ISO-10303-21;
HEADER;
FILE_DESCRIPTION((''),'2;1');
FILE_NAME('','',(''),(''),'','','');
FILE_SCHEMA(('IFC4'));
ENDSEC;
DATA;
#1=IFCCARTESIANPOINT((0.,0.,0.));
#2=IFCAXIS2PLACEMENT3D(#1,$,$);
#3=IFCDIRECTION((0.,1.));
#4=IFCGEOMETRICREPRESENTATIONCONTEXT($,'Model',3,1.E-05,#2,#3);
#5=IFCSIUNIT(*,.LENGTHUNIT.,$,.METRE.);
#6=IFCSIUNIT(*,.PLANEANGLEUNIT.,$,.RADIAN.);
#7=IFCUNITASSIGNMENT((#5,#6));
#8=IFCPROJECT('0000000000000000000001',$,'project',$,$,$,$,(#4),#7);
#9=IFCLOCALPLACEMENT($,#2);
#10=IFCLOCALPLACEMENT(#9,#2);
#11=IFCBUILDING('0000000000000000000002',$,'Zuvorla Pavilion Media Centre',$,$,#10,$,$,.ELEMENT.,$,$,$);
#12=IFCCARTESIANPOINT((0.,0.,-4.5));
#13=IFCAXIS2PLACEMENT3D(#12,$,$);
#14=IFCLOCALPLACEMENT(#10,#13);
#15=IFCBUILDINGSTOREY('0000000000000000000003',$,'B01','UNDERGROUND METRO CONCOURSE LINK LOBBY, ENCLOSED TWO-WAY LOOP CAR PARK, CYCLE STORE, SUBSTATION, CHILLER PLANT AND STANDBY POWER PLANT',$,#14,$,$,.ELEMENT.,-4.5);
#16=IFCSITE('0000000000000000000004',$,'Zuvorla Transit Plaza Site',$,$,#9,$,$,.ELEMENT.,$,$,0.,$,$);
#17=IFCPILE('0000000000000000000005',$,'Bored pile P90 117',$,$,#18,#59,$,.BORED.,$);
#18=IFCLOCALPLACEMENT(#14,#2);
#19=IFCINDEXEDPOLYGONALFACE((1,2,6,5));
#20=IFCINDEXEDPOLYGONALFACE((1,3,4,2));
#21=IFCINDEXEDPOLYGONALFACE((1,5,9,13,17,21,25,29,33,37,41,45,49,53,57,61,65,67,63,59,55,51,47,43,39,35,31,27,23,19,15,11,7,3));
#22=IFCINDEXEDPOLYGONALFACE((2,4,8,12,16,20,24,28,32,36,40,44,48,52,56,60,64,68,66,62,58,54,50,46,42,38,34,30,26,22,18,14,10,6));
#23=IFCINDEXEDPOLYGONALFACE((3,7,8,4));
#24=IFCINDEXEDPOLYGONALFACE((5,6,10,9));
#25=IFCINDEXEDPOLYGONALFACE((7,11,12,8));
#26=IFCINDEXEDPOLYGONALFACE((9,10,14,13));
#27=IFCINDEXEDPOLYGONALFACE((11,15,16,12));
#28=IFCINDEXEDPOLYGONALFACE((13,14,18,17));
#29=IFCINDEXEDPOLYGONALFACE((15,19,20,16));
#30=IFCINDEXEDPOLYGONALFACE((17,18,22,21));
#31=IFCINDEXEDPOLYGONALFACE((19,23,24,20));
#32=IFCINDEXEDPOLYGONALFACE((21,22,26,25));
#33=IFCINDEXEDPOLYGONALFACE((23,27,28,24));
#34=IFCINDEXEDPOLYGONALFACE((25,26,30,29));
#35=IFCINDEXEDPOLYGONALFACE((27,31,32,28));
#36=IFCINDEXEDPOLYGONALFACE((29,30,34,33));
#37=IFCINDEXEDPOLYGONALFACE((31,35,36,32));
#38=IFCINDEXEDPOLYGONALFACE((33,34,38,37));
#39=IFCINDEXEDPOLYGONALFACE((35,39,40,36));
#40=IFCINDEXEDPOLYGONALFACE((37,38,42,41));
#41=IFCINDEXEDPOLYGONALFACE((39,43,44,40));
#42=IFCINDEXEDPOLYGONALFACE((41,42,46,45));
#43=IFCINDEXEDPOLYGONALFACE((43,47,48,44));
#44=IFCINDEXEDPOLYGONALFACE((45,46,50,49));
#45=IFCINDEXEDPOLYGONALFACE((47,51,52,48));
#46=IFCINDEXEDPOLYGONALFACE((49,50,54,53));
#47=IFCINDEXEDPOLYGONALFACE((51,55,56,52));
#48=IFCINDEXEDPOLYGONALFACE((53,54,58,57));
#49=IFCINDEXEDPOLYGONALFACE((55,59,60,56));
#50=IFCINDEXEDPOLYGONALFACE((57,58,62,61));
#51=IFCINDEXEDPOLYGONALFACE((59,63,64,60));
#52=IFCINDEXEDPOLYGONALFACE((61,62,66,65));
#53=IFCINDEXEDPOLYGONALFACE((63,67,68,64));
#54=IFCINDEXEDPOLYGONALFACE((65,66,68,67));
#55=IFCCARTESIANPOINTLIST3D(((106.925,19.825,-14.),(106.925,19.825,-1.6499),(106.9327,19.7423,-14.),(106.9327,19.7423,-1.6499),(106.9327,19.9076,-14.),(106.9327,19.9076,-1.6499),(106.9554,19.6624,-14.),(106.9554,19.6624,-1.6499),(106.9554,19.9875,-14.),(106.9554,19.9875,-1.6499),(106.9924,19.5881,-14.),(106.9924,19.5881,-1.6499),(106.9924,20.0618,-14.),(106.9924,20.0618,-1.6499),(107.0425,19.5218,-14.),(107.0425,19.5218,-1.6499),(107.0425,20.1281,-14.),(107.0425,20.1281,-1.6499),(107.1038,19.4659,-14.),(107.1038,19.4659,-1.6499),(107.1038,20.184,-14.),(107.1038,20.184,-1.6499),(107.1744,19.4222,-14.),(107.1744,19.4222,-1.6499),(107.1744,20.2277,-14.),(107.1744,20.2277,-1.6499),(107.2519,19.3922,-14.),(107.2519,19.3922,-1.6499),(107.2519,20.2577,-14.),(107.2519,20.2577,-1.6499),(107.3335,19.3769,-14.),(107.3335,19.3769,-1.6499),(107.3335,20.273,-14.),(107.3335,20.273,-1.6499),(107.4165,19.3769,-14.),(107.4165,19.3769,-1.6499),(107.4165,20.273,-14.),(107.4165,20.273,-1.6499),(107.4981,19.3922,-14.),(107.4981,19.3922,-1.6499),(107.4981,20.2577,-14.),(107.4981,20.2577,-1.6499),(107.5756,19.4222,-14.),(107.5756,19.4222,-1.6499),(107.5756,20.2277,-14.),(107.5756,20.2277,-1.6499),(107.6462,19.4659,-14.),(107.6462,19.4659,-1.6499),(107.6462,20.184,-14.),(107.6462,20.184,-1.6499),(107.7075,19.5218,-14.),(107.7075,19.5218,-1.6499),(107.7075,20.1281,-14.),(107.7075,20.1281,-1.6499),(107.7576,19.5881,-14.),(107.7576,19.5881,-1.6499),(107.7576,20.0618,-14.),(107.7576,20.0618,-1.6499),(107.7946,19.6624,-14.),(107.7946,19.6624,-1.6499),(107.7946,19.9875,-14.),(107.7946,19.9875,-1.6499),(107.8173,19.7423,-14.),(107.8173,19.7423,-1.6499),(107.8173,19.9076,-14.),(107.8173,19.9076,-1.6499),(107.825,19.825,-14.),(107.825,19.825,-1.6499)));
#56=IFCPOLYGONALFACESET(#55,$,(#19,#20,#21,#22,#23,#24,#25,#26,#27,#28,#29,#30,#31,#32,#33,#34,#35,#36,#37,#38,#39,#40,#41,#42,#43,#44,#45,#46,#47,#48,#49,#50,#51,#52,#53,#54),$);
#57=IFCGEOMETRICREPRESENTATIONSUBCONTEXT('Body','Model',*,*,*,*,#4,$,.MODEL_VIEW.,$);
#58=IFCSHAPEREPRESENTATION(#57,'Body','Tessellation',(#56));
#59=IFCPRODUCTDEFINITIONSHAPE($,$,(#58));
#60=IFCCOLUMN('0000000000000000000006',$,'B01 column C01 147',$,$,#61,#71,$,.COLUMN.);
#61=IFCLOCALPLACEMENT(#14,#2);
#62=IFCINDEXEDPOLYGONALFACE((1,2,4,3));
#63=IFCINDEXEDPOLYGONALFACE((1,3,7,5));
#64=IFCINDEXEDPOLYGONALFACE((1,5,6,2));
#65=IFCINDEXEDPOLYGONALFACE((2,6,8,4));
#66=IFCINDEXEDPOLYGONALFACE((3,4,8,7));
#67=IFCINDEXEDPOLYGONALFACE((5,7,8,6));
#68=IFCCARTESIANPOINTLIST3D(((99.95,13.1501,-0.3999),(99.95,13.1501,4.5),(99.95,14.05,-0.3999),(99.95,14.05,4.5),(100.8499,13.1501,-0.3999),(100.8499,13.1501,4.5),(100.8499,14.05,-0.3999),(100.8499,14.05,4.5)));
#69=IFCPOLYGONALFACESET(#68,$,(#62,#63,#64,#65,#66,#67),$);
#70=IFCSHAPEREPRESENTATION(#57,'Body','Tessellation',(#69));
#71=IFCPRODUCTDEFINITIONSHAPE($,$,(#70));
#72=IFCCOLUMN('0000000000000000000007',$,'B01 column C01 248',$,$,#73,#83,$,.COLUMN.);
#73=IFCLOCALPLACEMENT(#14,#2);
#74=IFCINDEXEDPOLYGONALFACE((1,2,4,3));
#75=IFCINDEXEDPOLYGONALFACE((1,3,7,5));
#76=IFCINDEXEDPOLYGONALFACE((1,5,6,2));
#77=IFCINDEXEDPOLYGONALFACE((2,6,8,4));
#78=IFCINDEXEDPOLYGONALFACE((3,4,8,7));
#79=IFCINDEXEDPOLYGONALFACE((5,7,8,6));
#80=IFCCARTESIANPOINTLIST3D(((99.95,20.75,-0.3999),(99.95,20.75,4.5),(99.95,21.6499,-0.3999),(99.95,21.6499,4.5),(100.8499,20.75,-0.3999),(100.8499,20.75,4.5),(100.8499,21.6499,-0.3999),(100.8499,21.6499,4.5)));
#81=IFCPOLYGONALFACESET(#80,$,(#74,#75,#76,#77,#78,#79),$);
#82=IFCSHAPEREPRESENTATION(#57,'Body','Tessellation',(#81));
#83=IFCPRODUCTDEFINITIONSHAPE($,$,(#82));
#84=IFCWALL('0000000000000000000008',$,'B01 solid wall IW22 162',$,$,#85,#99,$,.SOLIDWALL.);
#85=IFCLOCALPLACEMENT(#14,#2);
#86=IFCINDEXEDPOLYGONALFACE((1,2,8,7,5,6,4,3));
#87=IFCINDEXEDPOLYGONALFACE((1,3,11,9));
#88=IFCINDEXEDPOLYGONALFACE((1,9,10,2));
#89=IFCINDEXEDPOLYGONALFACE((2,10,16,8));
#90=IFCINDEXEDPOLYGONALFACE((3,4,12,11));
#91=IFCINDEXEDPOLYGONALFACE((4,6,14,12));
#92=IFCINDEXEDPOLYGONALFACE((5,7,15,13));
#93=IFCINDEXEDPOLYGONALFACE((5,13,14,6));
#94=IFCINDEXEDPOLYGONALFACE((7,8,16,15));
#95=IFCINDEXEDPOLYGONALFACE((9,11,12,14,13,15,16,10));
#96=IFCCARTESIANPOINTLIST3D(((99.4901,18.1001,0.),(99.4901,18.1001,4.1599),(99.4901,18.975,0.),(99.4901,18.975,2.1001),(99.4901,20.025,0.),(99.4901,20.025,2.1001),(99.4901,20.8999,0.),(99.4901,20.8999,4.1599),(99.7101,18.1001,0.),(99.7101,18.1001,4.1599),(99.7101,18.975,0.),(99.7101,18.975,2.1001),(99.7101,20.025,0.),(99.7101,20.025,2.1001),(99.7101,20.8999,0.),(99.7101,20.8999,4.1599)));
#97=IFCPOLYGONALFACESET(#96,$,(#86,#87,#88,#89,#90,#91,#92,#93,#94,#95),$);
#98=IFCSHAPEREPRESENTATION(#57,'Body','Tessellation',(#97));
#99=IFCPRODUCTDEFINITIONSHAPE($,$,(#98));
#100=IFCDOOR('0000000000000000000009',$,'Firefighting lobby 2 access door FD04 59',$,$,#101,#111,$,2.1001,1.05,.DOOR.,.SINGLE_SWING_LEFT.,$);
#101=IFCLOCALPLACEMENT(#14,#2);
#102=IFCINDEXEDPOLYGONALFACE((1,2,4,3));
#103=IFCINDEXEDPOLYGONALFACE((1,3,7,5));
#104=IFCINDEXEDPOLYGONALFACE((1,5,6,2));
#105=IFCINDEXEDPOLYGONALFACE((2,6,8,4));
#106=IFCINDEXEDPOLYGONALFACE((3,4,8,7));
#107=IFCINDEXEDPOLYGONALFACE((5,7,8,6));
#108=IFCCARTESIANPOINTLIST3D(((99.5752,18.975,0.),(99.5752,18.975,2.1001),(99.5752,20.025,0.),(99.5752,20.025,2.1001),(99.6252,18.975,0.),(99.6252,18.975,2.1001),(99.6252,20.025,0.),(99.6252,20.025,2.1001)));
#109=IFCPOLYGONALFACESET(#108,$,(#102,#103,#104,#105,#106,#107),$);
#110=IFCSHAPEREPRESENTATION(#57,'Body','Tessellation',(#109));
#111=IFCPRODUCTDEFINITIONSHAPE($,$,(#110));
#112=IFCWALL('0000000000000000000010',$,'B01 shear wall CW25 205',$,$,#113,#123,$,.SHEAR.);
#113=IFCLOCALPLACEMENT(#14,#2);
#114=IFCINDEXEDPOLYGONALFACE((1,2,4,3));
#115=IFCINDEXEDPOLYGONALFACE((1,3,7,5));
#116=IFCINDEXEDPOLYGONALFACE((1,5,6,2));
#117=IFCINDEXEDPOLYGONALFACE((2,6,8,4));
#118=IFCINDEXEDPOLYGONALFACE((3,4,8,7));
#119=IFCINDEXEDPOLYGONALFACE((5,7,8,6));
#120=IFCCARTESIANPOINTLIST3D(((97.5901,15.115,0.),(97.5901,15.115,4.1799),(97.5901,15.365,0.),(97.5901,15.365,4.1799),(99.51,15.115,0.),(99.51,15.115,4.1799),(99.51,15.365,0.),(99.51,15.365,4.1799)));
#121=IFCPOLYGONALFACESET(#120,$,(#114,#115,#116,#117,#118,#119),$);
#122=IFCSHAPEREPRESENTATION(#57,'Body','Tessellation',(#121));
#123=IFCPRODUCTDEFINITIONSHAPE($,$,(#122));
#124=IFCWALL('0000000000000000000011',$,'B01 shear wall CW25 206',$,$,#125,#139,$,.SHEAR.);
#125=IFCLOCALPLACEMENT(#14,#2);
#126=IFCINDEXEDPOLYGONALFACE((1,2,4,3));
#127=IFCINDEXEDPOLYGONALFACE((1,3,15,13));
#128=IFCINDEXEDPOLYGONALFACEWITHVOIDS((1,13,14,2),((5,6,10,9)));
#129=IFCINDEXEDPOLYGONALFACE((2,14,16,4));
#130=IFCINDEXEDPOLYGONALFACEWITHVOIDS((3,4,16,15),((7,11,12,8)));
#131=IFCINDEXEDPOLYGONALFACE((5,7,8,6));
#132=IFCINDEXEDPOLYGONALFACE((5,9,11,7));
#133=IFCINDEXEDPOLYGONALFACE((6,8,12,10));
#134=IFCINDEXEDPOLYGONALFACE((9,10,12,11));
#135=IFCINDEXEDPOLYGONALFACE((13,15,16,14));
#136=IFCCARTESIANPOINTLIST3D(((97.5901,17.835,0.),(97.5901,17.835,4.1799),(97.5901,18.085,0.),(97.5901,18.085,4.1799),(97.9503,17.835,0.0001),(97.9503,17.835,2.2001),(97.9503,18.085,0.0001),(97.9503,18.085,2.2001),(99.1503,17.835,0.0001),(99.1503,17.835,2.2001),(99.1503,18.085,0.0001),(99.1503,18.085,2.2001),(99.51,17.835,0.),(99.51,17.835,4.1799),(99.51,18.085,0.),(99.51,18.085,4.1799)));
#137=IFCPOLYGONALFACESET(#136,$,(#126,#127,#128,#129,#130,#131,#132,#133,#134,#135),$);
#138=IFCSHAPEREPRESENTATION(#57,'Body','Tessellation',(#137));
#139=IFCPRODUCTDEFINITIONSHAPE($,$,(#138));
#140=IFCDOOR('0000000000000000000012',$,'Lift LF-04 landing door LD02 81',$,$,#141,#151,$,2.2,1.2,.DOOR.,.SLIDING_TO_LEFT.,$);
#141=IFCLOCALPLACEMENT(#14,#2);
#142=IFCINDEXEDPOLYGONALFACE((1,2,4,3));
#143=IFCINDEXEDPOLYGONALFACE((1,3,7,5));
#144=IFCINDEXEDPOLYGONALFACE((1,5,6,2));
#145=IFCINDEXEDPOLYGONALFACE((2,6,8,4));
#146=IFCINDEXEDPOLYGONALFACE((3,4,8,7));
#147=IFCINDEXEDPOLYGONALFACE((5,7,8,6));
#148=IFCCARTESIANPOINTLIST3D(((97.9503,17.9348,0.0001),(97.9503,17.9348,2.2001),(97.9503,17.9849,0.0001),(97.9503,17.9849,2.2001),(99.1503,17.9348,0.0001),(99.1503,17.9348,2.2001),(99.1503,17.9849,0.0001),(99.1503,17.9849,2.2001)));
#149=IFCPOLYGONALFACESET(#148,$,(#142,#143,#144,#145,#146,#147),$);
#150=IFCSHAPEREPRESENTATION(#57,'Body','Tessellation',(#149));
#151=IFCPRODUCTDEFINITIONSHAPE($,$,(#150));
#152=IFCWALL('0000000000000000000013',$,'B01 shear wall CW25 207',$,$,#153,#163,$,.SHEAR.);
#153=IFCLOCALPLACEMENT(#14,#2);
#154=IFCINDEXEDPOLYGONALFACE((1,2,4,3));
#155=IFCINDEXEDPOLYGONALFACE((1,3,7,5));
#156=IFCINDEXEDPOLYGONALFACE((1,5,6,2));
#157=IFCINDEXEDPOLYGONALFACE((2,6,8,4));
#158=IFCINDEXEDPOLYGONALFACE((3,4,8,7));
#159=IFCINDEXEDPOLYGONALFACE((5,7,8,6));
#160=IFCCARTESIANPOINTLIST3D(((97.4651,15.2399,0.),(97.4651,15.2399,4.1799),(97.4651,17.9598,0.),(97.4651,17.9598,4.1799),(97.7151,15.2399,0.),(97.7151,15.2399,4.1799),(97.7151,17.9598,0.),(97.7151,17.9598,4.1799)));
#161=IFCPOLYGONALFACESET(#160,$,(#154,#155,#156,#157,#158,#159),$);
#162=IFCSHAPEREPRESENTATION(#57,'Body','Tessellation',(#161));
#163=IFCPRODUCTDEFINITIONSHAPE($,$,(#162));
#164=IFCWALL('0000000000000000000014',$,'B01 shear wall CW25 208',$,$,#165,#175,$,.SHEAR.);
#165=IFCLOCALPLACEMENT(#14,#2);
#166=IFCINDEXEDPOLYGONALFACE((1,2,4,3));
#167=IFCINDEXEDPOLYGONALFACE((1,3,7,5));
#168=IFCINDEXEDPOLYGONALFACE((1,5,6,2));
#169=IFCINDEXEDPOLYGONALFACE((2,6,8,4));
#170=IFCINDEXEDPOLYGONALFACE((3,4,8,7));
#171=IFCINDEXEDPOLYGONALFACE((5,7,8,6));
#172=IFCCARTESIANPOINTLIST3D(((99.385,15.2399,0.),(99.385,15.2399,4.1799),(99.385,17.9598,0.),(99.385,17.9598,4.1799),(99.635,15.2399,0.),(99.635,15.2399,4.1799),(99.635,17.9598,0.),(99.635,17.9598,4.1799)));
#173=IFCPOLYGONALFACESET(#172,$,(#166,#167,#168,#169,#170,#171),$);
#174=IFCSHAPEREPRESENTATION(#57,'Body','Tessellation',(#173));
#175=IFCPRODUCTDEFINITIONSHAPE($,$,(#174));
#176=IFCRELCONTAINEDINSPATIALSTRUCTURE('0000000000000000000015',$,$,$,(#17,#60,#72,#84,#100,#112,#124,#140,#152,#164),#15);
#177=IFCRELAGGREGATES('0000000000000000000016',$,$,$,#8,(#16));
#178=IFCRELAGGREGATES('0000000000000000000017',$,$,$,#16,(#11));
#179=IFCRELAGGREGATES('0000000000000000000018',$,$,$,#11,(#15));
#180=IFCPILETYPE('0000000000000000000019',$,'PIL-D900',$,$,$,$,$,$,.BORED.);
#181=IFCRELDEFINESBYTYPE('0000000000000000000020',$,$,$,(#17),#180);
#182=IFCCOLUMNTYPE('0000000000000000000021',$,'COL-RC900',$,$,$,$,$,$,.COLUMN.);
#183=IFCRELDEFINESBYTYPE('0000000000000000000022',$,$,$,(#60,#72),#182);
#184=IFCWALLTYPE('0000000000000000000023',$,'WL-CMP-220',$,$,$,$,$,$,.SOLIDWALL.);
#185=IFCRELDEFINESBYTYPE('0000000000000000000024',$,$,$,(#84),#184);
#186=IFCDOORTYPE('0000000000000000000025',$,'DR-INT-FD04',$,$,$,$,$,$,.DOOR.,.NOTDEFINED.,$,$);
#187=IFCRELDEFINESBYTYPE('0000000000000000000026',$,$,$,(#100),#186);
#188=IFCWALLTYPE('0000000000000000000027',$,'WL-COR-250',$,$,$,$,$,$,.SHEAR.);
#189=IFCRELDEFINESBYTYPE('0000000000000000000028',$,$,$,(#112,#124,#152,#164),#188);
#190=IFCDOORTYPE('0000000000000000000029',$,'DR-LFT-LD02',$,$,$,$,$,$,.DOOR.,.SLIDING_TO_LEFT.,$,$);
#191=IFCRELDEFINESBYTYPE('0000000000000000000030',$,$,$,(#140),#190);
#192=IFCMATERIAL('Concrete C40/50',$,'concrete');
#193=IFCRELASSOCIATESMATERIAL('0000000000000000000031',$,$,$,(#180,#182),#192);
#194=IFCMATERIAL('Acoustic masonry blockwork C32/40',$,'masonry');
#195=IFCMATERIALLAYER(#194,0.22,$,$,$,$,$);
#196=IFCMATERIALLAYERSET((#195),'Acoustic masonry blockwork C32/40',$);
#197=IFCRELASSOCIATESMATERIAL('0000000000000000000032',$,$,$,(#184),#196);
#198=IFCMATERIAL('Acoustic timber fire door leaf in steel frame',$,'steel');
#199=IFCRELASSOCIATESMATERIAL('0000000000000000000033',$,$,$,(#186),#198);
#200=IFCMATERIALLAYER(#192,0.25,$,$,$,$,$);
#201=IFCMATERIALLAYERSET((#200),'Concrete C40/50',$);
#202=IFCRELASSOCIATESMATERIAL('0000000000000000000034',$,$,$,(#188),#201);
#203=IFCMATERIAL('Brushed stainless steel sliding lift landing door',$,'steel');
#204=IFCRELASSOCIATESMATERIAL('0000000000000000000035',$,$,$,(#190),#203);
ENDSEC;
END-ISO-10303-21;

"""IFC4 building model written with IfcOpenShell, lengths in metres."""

from ifc_helpers import new_model, si_unit, direction, frame, frame_2d, origin, origin_2d, place, context, subcontext, project, spatial, rectangle, circle, extrude, material, layer, layer_set, material_profile, profile_set, type_object, element, fill, save


model = new_model("IFC4")

# Units and contexts
model_context = context("Model", 3, precision=1e-05, world=origin(), true_north=direction((0.0, 1.0)))
body_context = subcontext(model_context, "Body", "Model", "MODEL_VIEW")
ifc_project = project(units=[si_unit("LENGTHUNIT", "METRE"), si_unit("PLANEANGLEUNIT", "RADIAN")], contexts=[model_context])

# Site, building, storey
site_placement = place(None, origin())
site = spatial("IfcSite", under=ifc_project, at=site_placement, Name="Zuvorla Transit Plaza Site", CompositionType="ELEMENT", RefElevation=0.0)
building_placement = place(site_placement, origin())
building = spatial("IfcBuilding", under=site, at=building_placement, Name="Zuvorla Pavilion Media Centre", CompositionType="ELEMENT")
storey_placement = place(building_placement, frame((0.0, 0.0, -4.5)))
storey = spatial("IfcBuildingStorey", under=building, at=storey_placement, Name="B01", Description="UNDERGROUND METRO CONCOURSE LINK LOBBY, ENCLOSED TWO-WAY LOOP CAR PARK, CYCLE STORE, SUBSTATION, CHILLER PLANT AND STANDBY POWER PLANT", CompositionType="ELEMENT", Elevation=-4.5)

# Shared definitions
ifc_material_1 = material(Name="Concrete C40/50", Category="concrete")

# Pile
ifc_material_profile_1 = material_profile(ifc_material_1, circle(Radius=0.45, at=origin_2d()), Name="BORED PILE 900")
ifc_profile_set_1 = profile_set([ifc_material_profile_1], Name="Concrete C40/50")
pile_type = type_object("IfcPileType", Name="PIL-D900", PredefinedType="BORED", material=ifc_profile_set_1)
for number, where, z_axis, x_axis, name in (
    (1, (107.375, 19.825, -1.6499), (0.0, 0.0, -1.0), (1.0, 0.0, 0.0), "Bored pile P90 117"),
):
    element("IfcPile", number, at=place(storey_placement, frame(where, z_axis=z_axis, x_axis=x_axis)), inside=storey, type_object=pile_type, Name=name, PredefinedType="BORED", context=body_context, shape_type="SweptSolid", body=[
        extrude(circle(Radius=0.45, at=origin_2d()), origin(), (0.0, 0.0, 1.0), 12.3501),
    ])

# Columns
ifc_material_profile_2 = material_profile(ifc_material_1, rectangle(XDim=0.8999, YDim=0.8999, at=origin_2d()), Name="RC 900x900")
ifc_profile_set_2 = profile_set([ifc_material_profile_2], Name="Concrete C40/50")
column_type = type_object("IfcColumnType", Name="COL-RC900", PredefinedType="COLUMN", material=ifc_profile_set_2)
for number, where, z_axis, x_axis, name in (
    (2, (100.3999, 13.6001, -0.3999), (0.0, 0.0, 1.0), (1.0, 0.0, 0.0), "B01 column C01 147"),
    (3, (100.3999, 21.2, -0.3999), (0.0, 0.0, 1.0), (1.0, 0.0, 0.0), "B01 column C01 248"),
):
    element("IfcColumn", number, at=place(storey_placement, frame(where, z_axis=z_axis, x_axis=x_axis)), inside=storey, type_object=column_type, Name=name, PredefinedType="COLUMN", context=body_context, shape_type="SweptSolid", body=[
        extrude(rectangle(XDim=0.8999, YDim=0.8999, at=origin_2d()), origin(), (0.0, 0.0, 1.0), 4.8999),
    ])

# Wall, opening, door
ifc_material_2 = material(Name="Acoustic masonry blockwork C32/40", Category="masonry")
ifc_layer_1 = layer(ifc_material_2, 0.22)
ifc_layer_set_1 = layer_set([ifc_layer_1], Name="Acoustic masonry blockwork C32/40")
wall_type_1 = type_object("IfcWallType", Name="WL-CMP-220", PredefinedType="SOLIDWALL", material=ifc_layer_set_1)
wall_1_placement = place(storey_placement, frame((99.6001, 18.1001, 0.0), z_axis=(0.0, 0.0, 1.0), x_axis=(0.0, 1.0, 0.0)))
wall_1 = element("IfcWall", 4, at=wall_1_placement, inside=storey, type_object=wall_type_1, Name="B01 solid wall IW22 162", PredefinedType="SOLIDWALL", context=body_context, shape_type="SweptSolid", body=[
    extrude(rectangle(XDim=2.7998, YDim=0.22, at=frame_2d((1.3999, 0.0))), origin(), (0.0, 0.0, 1.0), 4.1599),
])
opening_1_placement = place(wall_1_placement, frame((0.875, 0.0, 0.0)))
opening_1 = element("IfcOpeningElement", 5, at=opening_1_placement, cuts=wall_1, PredefinedType="OPENING", context=body_context, shape_type="SweptSolid", body=[
    extrude(rectangle(XDim=1.05, YDim=2.1001, at=frame_2d((0.5249, 1.05))), frame((0.0, 0.1199, 0.0), z_axis=(0.0, -1.0, 0.0), x_axis=(1.0, 0.0, 0.0)), (0.0, 0.0, 1.0), 0.24),
])
ifc_material_3 = material(Name="Acoustic timber fire door leaf in steel frame", Category="steel")
door_type_1 = type_object("IfcDoorType", Name="DR-INT-FD04", OperationType="NOTDEFINED", PredefinedType="DOOR", material=ifc_material_3)
door_1_placement = place(opening_1_placement, origin())
door_1 = element("IfcDoor", 6, at=door_1_placement, inside=storey, type_object=door_type_1, Name="Firefighting lobby 2 access door FD04 59", OperationType="SINGLE_SWING_LEFT", OverallHeight=2.1001, OverallWidth=1.05, PredefinedType="DOOR", context=body_context, shape_type="SweptSolid", body=[
    extrude(rectangle(XDim=1.05, YDim=2.1001, at=frame_2d((0.5249, 1.05))), frame((0.0, 0.0249, 0.0), z_axis=(0.0, -1.0, 0.0), x_axis=(1.0, 0.0, 0.0)), (0.0, 0.0, 1.0), 0.05),
])
fill(opening_1, door_1)

# Wall
ifc_layer_2 = layer(ifc_material_1, 0.25)
ifc_layer_set_2 = layer_set([ifc_layer_2], Name="Concrete C40/50")
wall_type_2 = type_object("IfcWallType", Name="WL-COR-250", PredefinedType="SHEAR", material=ifc_layer_set_2)
wall_2_placement = place(storey_placement, frame((97.5901, 15.24, 0.0), z_axis=(0.0, 0.0, 1.0), x_axis=(1.0, 0.0, 0.0)))
element("IfcWall", 7, at=wall_2_placement, inside=storey, type_object=wall_type_2, Name="B01 shear wall CW25 205", PredefinedType="SHEAR", context=body_context, shape_type="SweptSolid", body=[
    extrude(rectangle(XDim=1.9199, YDim=0.25, at=frame_2d((0.96, 0.0))), origin(), (0.0, 0.0, 1.0), 4.1799),
])

# Wall, opening, door
wall_3_placement = place(storey_placement, frame((97.5901, 17.96, 0.0), z_axis=(0.0, 0.0, 1.0), x_axis=(1.0, 0.0, 0.0)))
wall_3 = element("IfcWall", 8, at=wall_3_placement, inside=storey, type_object=wall_type_2, Name="B01 shear wall CW25 206", PredefinedType="SHEAR", context=body_context, shape_type="SweptSolid", body=[
    extrude(rectangle(XDim=1.9199, YDim=0.25, at=frame_2d((0.96, 0.0))), origin(), (0.0, 0.0, 1.0), 4.1799),
])
opening_2_placement = place(wall_3_placement, frame((0.3601, 0.0, 0.0)))
opening_2 = element("IfcOpeningElement", 9, at=opening_2_placement, cuts=wall_3, PredefinedType="OPENING", context=body_context, shape_type="SweptSolid", body=[
    extrude(rectangle(XDim=1.2, YDim=2.2, at=frame_2d((0.6001, 1.1001))), frame((0.0, 0.135, 0.0), z_axis=(0.0, -1.0, 0.0), x_axis=(1.0, 0.0, 0.0)), (0.0, 0.0, 1.0), 0.27),
])
ifc_material_4 = material(Name="Brushed stainless steel sliding lift landing door", Category="steel")
door_type_2 = type_object("IfcDoorType", Name="DR-LFT-LD02", OperationType="SLIDING_TO_LEFT", PredefinedType="DOOR", material=ifc_material_4)
door_2_placement = place(opening_2_placement, origin())
door_2 = element("IfcDoor", 10, at=door_2_placement, inside=storey, type_object=door_type_2, Name="Lift LF-04 landing door LD02 81", OperationType="SLIDING_TO_LEFT", OverallHeight=2.2, OverallWidth=1.2, PredefinedType="DOOR", context=body_context, shape_type="SweptSolid", body=[
    extrude(rectangle(XDim=1.2, YDim=2.2, at=frame_2d((0.6001, 1.1001))), frame((0.0, 0.0249, 0.0), z_axis=(0.0, -1.0, 0.0), x_axis=(1.0, 0.0, 0.0)), (0.0, 0.0, 1.0), 0.05),
])
fill(opening_2, door_2)

# Walls
for number, where, z_axis, x_axis, name in (
    (11, (97.5901, 15.24, 0.0), (0.0, 0.0, 1.0), (0.0, 1.0, 0.0), "B01 shear wall CW25 207"),
    (12, (99.51, 15.24, 0.0), (0.0, 0.0, 1.0), (0.0, 1.0, 0.0), "B01 shear wall CW25 208"),
):
    element("IfcWall", number, at=place(storey_placement, frame(where, z_axis=z_axis, x_axis=x_axis)), inside=storey, type_object=wall_type_2, Name=name, PredefinedType="SHEAR", context=body_context, shape_type="SweptSolid", body=[
        extrude(rectangle(XDim=2.72, YDim=0.25, at=frame_2d((1.3599, 0.0))), origin(), (0.0, 0.0, 1.0), 4.1799),
    ])

save(model, "model.ifc")
